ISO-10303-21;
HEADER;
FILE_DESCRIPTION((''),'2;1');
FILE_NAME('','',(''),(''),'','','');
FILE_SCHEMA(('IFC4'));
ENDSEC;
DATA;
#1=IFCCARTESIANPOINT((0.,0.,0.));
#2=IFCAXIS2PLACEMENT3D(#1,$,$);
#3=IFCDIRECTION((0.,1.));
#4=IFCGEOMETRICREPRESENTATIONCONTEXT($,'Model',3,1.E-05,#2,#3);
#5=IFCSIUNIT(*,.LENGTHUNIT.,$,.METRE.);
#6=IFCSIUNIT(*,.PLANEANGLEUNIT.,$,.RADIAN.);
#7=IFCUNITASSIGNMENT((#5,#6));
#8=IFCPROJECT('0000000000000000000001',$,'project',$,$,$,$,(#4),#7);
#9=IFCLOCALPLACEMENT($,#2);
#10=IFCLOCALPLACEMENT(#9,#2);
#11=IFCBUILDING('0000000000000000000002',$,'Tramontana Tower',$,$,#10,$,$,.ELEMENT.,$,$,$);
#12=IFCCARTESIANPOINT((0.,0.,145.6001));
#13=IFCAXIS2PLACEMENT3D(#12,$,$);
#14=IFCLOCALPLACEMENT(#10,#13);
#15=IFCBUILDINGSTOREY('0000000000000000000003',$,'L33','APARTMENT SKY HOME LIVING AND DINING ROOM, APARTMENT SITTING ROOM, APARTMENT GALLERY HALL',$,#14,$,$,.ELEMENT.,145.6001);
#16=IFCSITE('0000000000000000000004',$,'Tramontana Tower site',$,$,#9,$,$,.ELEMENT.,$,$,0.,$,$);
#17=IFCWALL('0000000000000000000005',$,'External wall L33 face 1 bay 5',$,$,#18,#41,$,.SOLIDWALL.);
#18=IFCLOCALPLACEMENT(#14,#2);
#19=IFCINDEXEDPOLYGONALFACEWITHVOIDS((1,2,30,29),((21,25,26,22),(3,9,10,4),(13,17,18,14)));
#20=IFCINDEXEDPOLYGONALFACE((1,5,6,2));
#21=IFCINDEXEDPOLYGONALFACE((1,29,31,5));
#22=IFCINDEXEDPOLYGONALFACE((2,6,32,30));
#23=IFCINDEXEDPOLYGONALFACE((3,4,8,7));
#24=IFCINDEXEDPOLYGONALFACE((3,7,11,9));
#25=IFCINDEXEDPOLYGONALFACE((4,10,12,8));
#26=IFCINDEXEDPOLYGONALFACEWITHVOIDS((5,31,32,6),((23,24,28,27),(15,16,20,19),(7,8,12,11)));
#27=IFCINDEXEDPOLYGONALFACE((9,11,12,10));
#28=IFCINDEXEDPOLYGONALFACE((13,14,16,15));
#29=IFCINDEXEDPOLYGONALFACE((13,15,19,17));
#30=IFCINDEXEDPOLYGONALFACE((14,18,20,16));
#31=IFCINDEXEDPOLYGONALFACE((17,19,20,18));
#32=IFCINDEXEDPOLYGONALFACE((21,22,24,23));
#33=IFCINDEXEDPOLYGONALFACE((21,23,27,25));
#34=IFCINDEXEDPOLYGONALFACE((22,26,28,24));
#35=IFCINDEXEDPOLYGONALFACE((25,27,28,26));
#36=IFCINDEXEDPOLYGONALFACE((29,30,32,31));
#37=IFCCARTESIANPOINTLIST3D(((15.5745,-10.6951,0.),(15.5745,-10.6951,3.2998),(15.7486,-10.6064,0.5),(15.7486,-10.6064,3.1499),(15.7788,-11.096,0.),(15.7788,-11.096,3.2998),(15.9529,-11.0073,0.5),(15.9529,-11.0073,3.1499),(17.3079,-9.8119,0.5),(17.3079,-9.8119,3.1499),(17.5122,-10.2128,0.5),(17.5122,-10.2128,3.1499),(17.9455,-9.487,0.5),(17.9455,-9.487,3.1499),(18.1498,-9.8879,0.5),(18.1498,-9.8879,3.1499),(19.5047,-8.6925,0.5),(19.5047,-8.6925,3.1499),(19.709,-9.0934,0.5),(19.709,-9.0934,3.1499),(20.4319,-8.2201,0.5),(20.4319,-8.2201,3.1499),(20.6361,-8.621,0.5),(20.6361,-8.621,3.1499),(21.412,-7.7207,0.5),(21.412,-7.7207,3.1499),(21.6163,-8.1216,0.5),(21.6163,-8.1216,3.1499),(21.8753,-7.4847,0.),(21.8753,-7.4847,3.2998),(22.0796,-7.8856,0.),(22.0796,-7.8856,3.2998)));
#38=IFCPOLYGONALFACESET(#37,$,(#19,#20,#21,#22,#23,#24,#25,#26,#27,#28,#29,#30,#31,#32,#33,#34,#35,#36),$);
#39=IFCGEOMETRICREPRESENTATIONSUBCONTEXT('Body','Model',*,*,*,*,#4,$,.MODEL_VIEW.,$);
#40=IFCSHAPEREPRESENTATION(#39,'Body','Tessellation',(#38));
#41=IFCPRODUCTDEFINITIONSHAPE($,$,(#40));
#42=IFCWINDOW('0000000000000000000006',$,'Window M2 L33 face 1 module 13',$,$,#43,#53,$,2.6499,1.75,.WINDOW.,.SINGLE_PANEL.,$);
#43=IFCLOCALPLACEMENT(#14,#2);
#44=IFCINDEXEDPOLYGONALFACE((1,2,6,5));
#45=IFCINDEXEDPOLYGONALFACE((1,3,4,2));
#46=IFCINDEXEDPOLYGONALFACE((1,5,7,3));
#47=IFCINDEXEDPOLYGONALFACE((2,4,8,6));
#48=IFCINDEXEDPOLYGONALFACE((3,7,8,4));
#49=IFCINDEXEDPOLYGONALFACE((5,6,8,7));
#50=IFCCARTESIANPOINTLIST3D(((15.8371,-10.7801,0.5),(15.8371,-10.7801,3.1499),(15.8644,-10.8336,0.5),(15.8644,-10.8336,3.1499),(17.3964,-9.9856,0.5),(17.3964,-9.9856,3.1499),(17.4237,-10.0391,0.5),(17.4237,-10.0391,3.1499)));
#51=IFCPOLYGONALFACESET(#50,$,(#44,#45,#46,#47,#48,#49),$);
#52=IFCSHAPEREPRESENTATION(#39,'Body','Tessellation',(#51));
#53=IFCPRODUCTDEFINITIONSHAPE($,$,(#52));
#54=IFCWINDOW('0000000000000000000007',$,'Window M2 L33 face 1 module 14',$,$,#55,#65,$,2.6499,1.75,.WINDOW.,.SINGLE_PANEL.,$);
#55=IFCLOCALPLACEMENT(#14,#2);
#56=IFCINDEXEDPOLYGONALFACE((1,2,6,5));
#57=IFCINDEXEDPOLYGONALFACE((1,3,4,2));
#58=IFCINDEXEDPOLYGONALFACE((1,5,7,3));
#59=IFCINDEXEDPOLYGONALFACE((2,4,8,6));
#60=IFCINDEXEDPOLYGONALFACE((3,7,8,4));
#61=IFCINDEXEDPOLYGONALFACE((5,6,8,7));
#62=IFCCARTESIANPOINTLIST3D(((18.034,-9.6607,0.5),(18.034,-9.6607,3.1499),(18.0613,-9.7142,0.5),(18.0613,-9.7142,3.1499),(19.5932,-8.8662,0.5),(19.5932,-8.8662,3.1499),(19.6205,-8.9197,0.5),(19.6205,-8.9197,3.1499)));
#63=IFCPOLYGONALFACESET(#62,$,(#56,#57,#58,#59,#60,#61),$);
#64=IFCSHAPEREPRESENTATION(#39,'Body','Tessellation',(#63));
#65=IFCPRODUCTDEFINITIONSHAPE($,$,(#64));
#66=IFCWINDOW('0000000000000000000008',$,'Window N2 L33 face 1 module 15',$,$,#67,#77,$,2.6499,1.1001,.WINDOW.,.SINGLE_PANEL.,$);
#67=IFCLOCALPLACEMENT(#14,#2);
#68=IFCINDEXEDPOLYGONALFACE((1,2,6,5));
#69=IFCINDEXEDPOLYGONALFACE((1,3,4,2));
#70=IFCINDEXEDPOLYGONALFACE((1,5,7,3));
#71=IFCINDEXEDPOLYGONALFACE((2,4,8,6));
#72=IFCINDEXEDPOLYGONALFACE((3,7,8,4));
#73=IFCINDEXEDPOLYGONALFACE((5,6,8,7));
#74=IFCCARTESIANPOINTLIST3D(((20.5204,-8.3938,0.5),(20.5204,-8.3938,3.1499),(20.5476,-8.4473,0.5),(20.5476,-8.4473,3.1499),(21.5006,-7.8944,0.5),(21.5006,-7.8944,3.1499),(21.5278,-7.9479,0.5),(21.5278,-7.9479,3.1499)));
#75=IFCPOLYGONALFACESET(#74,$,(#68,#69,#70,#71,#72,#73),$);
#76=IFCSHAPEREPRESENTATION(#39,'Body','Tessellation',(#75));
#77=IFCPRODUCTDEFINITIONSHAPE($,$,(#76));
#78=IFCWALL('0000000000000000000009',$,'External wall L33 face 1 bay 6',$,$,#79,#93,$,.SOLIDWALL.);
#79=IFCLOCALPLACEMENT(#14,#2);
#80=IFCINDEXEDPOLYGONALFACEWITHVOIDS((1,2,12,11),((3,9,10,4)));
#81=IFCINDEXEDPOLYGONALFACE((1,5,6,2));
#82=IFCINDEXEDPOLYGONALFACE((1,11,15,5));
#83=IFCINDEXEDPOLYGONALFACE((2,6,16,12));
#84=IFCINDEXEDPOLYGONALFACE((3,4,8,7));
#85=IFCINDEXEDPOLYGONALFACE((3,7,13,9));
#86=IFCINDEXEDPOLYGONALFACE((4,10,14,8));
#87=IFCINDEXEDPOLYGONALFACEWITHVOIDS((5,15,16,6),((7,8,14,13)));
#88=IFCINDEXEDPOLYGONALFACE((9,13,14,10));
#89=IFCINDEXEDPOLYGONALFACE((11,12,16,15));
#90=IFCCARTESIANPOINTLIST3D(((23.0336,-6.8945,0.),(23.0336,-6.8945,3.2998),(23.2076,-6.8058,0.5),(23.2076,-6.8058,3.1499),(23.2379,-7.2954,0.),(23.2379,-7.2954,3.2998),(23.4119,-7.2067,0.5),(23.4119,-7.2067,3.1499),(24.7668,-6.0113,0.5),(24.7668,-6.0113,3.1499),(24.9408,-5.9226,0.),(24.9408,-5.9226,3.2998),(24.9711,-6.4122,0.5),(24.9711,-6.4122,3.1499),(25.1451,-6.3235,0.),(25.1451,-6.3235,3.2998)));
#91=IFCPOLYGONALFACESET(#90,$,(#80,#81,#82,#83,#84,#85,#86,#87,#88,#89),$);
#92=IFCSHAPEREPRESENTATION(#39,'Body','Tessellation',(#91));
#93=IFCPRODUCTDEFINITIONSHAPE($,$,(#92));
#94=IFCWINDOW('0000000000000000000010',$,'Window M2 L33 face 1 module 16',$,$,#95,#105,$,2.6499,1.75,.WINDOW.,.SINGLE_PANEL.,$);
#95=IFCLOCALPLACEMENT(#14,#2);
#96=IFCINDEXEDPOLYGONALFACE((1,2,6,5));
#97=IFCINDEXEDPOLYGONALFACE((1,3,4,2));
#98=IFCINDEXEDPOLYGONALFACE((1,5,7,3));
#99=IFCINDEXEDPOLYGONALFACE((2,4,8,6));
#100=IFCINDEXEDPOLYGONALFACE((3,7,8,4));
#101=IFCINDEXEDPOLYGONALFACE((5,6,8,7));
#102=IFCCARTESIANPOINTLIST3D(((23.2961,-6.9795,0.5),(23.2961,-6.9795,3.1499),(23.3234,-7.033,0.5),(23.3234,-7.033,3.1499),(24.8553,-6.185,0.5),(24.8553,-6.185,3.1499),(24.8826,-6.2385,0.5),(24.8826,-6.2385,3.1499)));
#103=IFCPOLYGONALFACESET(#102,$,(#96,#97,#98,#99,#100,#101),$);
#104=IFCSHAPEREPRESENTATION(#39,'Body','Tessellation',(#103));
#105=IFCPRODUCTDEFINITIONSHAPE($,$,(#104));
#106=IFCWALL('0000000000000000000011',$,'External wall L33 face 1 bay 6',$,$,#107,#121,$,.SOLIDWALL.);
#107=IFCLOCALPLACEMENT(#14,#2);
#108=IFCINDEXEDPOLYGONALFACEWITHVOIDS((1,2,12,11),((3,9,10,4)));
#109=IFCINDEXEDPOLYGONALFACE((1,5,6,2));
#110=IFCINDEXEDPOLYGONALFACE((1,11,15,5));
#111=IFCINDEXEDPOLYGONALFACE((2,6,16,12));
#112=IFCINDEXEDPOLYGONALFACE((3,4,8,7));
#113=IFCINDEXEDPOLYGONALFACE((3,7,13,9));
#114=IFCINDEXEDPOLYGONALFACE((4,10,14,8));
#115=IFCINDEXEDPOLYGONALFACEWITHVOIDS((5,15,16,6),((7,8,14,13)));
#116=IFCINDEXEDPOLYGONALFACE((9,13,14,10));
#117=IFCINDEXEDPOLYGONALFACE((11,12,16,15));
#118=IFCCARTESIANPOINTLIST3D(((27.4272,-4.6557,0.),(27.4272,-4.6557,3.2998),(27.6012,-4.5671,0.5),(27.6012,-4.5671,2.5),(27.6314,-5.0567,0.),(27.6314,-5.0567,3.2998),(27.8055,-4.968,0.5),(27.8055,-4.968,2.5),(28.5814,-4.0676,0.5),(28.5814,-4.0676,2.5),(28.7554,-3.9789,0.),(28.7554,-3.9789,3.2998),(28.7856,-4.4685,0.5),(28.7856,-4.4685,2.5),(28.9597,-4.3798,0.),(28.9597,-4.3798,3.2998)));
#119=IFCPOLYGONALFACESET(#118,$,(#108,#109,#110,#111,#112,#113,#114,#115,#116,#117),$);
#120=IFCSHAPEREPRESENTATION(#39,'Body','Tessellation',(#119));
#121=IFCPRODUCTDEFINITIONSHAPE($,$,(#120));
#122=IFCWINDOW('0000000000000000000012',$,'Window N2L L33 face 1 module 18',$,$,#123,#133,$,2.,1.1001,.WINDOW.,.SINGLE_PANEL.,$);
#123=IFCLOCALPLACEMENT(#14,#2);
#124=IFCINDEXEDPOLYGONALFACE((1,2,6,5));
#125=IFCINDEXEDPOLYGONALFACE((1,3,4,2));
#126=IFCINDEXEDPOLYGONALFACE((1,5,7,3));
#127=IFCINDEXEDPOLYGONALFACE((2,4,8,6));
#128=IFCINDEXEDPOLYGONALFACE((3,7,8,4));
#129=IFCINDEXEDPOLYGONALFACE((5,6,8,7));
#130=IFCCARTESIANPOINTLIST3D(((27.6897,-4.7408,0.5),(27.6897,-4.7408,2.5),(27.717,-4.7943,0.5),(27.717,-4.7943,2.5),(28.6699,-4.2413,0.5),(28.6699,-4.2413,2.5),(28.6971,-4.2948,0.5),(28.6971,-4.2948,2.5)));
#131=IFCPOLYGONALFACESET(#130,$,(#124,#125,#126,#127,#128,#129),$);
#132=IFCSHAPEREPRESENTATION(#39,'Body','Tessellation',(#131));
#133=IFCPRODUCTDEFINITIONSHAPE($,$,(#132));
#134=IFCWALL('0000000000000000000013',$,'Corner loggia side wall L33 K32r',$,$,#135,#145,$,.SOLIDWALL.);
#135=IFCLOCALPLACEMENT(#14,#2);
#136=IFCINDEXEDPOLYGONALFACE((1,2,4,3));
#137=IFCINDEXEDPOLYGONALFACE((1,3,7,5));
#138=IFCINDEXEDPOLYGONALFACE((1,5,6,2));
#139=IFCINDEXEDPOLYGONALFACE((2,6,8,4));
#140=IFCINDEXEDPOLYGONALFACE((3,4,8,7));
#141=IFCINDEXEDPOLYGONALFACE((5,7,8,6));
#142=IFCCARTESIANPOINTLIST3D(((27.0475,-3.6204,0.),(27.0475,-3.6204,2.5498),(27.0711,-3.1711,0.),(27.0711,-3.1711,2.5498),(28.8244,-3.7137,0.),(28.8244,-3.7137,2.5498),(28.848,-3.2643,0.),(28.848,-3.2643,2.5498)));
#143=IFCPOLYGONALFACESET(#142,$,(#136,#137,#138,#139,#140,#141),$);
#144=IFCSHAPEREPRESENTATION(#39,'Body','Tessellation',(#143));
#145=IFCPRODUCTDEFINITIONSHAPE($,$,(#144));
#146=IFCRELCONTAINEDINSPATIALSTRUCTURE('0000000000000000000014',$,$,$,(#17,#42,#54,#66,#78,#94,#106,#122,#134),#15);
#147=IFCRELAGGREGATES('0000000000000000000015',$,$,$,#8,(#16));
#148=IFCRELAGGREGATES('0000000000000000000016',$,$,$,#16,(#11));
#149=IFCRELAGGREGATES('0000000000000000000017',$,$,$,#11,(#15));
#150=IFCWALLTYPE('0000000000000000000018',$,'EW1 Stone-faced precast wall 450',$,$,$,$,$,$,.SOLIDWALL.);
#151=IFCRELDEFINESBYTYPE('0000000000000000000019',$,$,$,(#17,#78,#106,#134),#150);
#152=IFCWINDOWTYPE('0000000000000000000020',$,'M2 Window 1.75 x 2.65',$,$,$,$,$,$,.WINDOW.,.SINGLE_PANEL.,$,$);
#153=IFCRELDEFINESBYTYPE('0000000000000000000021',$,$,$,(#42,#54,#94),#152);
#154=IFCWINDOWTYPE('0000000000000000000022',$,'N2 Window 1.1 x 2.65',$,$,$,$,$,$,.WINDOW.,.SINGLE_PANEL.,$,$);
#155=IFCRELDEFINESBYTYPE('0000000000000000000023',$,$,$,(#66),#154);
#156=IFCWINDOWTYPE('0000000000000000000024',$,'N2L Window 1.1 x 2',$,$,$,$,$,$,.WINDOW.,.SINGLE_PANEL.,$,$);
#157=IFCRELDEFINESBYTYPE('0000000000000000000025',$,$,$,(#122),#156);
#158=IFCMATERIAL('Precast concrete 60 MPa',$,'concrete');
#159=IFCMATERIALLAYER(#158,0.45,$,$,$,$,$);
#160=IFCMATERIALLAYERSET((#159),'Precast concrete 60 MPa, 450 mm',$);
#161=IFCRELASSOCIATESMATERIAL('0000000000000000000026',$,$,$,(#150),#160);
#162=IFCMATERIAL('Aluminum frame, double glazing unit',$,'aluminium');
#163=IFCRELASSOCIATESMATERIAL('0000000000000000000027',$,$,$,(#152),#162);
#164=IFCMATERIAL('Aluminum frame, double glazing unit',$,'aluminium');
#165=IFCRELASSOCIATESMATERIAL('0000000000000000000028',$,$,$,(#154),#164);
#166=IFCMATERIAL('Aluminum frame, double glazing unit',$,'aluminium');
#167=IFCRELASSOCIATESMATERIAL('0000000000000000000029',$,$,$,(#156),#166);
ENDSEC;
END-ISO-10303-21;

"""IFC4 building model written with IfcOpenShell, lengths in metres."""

from ifc_helpers import new_model, si_unit, direction, frame, frame_2d, origin, place, context, subcontext, project, spatial, rectangle, extrude, material, layer, layer_set, type_object, element, fill, save


model = new_model("IFC4")

# Units and contexts
model_context = context("Model", 3, precision=1e-05, world=origin(), true_north=direction((0.0, 1.0)))
body_context = subcontext(model_context, "Body", "Model", "MODEL_VIEW")
ifc_project = project(units=[si_unit("LENGTHUNIT", "METRE"), si_unit("PLANEANGLEUNIT", "RADIAN")], contexts=[model_context])

# Site, building, storey
site_placement = place(None, origin())
site = spatial("IfcSite", under=ifc_project, at=site_placement, Name="Tramontana Tower site", CompositionType="ELEMENT", RefElevation=0.0)
building_placement = place(site_placement, origin())
building = spatial("IfcBuilding", under=site, at=building_placement, Name="Tramontana Tower", CompositionType="ELEMENT")
storey_placement = place(building_placement, frame((0.0, 0.0, 145.6001)))
storey = spatial("IfcBuildingStorey", under=building, at=storey_placement, Name="L33", Description="APARTMENT SKY HOME LIVING AND DINING ROOM, APARTMENT SITTING ROOM, APARTMENT GALLERY HALL", CompositionType="ELEMENT", Elevation=145.6001)

# Wall, openings, windows
ifc_material_1 = material(Name="Precast concrete 60 MPa", Category="concrete")
ifc_layer_1 = layer(ifc_material_1, 0.45)
ifc_layer_set_1 = layer_set([ifc_layer_1], Name="Precast concrete 60 MPa, 450 mm")
wall_type_1 = type_object("IfcWallType", Name="EW1 Stone-faced precast wall 450", PredefinedType="SOLIDWALL", material=ifc_layer_set_1)
wall_1_placement = place(storey_placement, frame((15.6768, -10.8955, 0.0), z_axis=(0.0, 0.0, 1.0), x_axis=(0.891004, 0.453995, 0.0)))
wall_1 = element("IfcWall", 1, at=wall_1_placement, inside=storey, type_object=wall_type_1, Name="External wall L33 face 1 bay 5", PredefinedType="SOLIDWALL", context=body_context, shape_type="SweptSolid", body=[
    extrude(rectangle(XDim=7.0715, YDim=0.45, at=frame_2d((3.5356, 0.0))), origin(), (0.0, 0.0, 1.0), 3.2998),
])
opening_1_placement = place(wall_1_placement, frame((0.1953, 0.0, 0.5)))
opening_1 = element("IfcOpeningElement", 2, at=opening_1_placement, cuts=wall_1, PredefinedType="OPENING", context=body_context, shape_type="SweptSolid", body=[
    extrude(rectangle(XDim=1.75, YDim=2.6499, at=frame_2d((0.875, 1.325))), frame((0.0, 0.2349, 0.0), z_axis=(0.0, -1.0, 0.0), x_axis=(1.0, 0.0, 0.0)), (0.0, 0.0, 1.0), 0.47),
])
opening_2_placement = place(wall_1_placement, frame((2.6609, 0.0, 0.5)))
opening_2 = element("IfcOpeningElement", 3, at=opening_2_placement, cuts=wall_1, PredefinedType="OPENING", context=body_context, shape_type="SweptSolid", body=[
    extrude(rectangle(XDim=1.75, YDim=2.6499, at=frame_2d((0.875, 1.325))), frame((0.0, 0.2349, 0.0), z_axis=(0.0, -1.0, 0.0), x_axis=(1.0, 0.0, 0.0)), (0.0, 0.0, 1.0), 0.47),
])
opening_3_placement = place(wall_1_placement, frame((5.4514, 0.0, 0.5)))
opening_3 = element("IfcOpeningElement", 4, at=opening_3_placement, cuts=wall_1, PredefinedType="OPENING", context=body_context, shape_type="SweptSolid", body=[
    extrude(rectangle(XDim=1.1001, YDim=2.6499, at=frame_2d((0.55, 1.325))), frame((0.0, 0.2349, 0.0), z_axis=(0.0, -1.0, 0.0), x_axis=(1.0, 0.0, 0.0)), (0.0, 0.0, 1.0), 0.47),
])
ifc_material_2 = material(Name="Aluminum frame, double glazing unit", Category="aluminium")
window_type_1 = type_object("IfcWindowType", Name="M2 Window 1.75 x 2.65", PartitioningType="SINGLE_PANEL", PredefinedType="WINDOW", material=ifc_material_2)
window_1_placement = place(opening_1_placement, origin())
window_1 = element("IfcWindow", 5, at=window_1_placement, inside=storey, type_object=window_type_1, Name="Window M2 L33 face 1 module 13", OverallHeight=2.6499, OverallWidth=1.75, PartitioningType="SINGLE_PANEL", PredefinedType="WINDOW", context=body_context, shape_type="SweptSolid", body=[
    extrude(rectangle(XDim=1.75, YDim=2.6499, at=frame_2d((0.875, 1.325))), frame((0.0, 0.03, 0.0), z_axis=(0.0, -1.0, 0.0), x_axis=(1.0, 0.0, 0.0)), (0.0, 0.0, 1.0), 0.0601),
])
fill(opening_1, window_1)
window_2_placement = place(opening_2_placement, origin())
window_2 = element("IfcWindow", 6, at=window_2_placement, inside=storey, type_object=window_type_1, Name="Window M2 L33 face 1 module 14", OverallHeight=2.6499, OverallWidth=1.75, PartitioningType="SINGLE_PANEL", PredefinedType="WINDOW", context=body_context, shape_type="SweptSolid", body=[
    extrude(rectangle(XDim=1.75, YDim=2.6499, at=frame_2d((0.875, 1.325))), frame((0.0, 0.03, 0.0), z_axis=(0.0, -1.0, 0.0), x_axis=(1.0, 0.0, 0.0)), (0.0, 0.0, 1.0), 0.0601),
])
fill(opening_2, window_2)
ifc_material_3 = material(Name="Aluminum frame, double glazing unit", Category="aluminium")
window_type_2 = type_object("IfcWindowType", Name="N2 Window 1.1 x 2.65", PartitioningType="SINGLE_PANEL", PredefinedType="WINDOW", material=ifc_material_3)
window_3_placement = place(opening_3_placement, origin())
window_3 = element("IfcWindow", 7, at=window_3_placement, inside=storey, type_object=window_type_2, Name="Window N2 L33 face 1 module 15", OverallHeight=2.6499, OverallWidth=1.1001, PartitioningType="SINGLE_PANEL", PredefinedType="WINDOW", context=body_context, shape_type="SweptSolid", body=[
    extrude(rectangle(XDim=1.1001, YDim=2.6499, at=frame_2d((0.55, 1.325))), frame((0.0, 0.03, 0.0), z_axis=(0.0, -1.0, 0.0), x_axis=(1.0, 0.0, 0.0)), (0.0, 0.0, 1.0), 0.0601),
])
fill(opening_3, window_3)

# Walls, openings, windows
wall_2_placement = place(storey_placement, frame((23.1357, -7.095, 0.0), z_axis=(0.0, 0.0, 1.0), x_axis=(0.890979, 0.454044, 0.0)))
wall_2 = element("IfcWall", 8, at=wall_2_placement, inside=storey, type_object=wall_type_1, Name="External wall L33 face 1 bay 6", PredefinedType="SOLIDWALL", context=body_context, shape_type="SweptSolid", body=[
    extrude(rectangle(XDim=2.1406, YDim=0.45, at=frame_2d((1.0703, 0.0))), origin(), (0.0, 0.0, 1.0), 3.2998),
])
opening_4_placement = place(wall_2_placement, frame((0.1953, 0.0, 0.5)))
opening_4 = element("IfcOpeningElement", 9, at=opening_4_placement, cuts=wall_2, PredefinedType="OPENING", context=body_context, shape_type="SweptSolid", body=[
    extrude(rectangle(XDim=1.75, YDim=2.6499, at=frame_2d((0.875, 1.325))), frame((0.0, 0.2349, 0.0), z_axis=(0.0, -1.0, 0.0), x_axis=(1.0, 0.0, 0.0)), (0.0, 0.0, 1.0), 0.47),
])
window_4_placement = place(opening_4_placement, origin())
window_4 = element("IfcWindow", 10, at=window_4_placement, inside=storey, type_object=window_type_1, Name="Window M2 L33 face 1 module 16", OverallHeight=2.6499, OverallWidth=1.75, PartitioningType="SINGLE_PANEL", PredefinedType="WINDOW", context=body_context, shape_type="SweptSolid", body=[
    extrude(rectangle(XDim=1.75, YDim=2.6499, at=frame_2d((0.875, 1.325))), frame((0.0, 0.03, 0.0), z_axis=(0.0, -1.0, 0.0), x_axis=(1.0, 0.0, 0.0)), (0.0, 0.0, 1.0), 0.0601),
])
fill(opening_4, window_4)
wall_3_placement = place(storey_placement, frame((27.5293, -4.8562, 0.0), z_axis=(0.0, 0.0, 1.0), x_axis=(0.890994, 0.454014, 0.0)))
wall_3 = element("IfcWall", 11, at=wall_3_placement, inside=storey, type_object=wall_type_1, Name="External wall L33 face 1 bay 6", PredefinedType="SOLIDWALL", context=body_context, shape_type="SweptSolid", body=[
    extrude(rectangle(XDim=1.4907, YDim=0.45, at=frame_2d((0.7454, 0.0))), origin(), (0.0, 0.0, 1.0), 3.2998),
])
opening_5_placement = place(wall_3_placement, frame((0.1953, 0.0, 0.5)))
opening_5 = element("IfcOpeningElement", 12, at=opening_5_placement, cuts=wall_3, PredefinedType="OPENING", context=body_context, shape_type="SweptSolid", body=[
    extrude(rectangle(XDim=1.1001, YDim=2.0, at=frame_2d((0.55, 1.0))), frame((0.0, 0.2349, 0.0), z_axis=(0.0, -1.0, 0.0), x_axis=(1.0, 0.0, 0.0)), (0.0, 0.0, 1.0), 0.47),
])
ifc_material_4 = material(Name="Aluminum frame, double glazing unit", Category="aluminium")
window_type_3 = type_object("IfcWindowType", Name="N2L Window 1.1 x 2", PartitioningType="SINGLE_PANEL", PredefinedType="WINDOW", material=ifc_material_4)
window_5_placement = place(opening_5_placement, origin())
window_5 = element("IfcWindow", 13, at=window_5_placement, inside=storey, type_object=window_type_3, Name="Window N2L L33 face 1 module 18", OverallHeight=2.0, OverallWidth=1.1001, PartitioningType="SINGLE_PANEL", PredefinedType="WINDOW", context=body_context, shape_type="SweptSolid", body=[
    extrude(rectangle(XDim=1.1001, YDim=2.0, at=frame_2d((0.55, 1.0))), frame((0.0, 0.03, 0.0), z_axis=(0.0, -1.0, 0.0), x_axis=(1.0, 0.0, 0.0)), (0.0, 0.0, 1.0), 0.0601),
])
fill(opening_5, window_5)

# Wall
wall_4_placement = place(storey_placement, frame((28.8362, -3.489, 0.0), z_axis=(0.0, 0.0, 1.0), x_axis=(-0.998625, 0.052415, 0.0)))
element("IfcWall", 14, at=wall_4_placement, inside=storey, type_object=wall_type_1, Name="Corner loggia side wall L33 K32r", PredefinedType="SOLIDWALL", context=body_context, shape_type="SweptSolid", body=[
    extrude(rectangle(XDim=1.7793, YDim=0.45, at=frame_2d((0.8896, 0.0))), origin(), (0.0, 0.0, 1.0), 2.5498),
])

save(model, "model.ifc")
